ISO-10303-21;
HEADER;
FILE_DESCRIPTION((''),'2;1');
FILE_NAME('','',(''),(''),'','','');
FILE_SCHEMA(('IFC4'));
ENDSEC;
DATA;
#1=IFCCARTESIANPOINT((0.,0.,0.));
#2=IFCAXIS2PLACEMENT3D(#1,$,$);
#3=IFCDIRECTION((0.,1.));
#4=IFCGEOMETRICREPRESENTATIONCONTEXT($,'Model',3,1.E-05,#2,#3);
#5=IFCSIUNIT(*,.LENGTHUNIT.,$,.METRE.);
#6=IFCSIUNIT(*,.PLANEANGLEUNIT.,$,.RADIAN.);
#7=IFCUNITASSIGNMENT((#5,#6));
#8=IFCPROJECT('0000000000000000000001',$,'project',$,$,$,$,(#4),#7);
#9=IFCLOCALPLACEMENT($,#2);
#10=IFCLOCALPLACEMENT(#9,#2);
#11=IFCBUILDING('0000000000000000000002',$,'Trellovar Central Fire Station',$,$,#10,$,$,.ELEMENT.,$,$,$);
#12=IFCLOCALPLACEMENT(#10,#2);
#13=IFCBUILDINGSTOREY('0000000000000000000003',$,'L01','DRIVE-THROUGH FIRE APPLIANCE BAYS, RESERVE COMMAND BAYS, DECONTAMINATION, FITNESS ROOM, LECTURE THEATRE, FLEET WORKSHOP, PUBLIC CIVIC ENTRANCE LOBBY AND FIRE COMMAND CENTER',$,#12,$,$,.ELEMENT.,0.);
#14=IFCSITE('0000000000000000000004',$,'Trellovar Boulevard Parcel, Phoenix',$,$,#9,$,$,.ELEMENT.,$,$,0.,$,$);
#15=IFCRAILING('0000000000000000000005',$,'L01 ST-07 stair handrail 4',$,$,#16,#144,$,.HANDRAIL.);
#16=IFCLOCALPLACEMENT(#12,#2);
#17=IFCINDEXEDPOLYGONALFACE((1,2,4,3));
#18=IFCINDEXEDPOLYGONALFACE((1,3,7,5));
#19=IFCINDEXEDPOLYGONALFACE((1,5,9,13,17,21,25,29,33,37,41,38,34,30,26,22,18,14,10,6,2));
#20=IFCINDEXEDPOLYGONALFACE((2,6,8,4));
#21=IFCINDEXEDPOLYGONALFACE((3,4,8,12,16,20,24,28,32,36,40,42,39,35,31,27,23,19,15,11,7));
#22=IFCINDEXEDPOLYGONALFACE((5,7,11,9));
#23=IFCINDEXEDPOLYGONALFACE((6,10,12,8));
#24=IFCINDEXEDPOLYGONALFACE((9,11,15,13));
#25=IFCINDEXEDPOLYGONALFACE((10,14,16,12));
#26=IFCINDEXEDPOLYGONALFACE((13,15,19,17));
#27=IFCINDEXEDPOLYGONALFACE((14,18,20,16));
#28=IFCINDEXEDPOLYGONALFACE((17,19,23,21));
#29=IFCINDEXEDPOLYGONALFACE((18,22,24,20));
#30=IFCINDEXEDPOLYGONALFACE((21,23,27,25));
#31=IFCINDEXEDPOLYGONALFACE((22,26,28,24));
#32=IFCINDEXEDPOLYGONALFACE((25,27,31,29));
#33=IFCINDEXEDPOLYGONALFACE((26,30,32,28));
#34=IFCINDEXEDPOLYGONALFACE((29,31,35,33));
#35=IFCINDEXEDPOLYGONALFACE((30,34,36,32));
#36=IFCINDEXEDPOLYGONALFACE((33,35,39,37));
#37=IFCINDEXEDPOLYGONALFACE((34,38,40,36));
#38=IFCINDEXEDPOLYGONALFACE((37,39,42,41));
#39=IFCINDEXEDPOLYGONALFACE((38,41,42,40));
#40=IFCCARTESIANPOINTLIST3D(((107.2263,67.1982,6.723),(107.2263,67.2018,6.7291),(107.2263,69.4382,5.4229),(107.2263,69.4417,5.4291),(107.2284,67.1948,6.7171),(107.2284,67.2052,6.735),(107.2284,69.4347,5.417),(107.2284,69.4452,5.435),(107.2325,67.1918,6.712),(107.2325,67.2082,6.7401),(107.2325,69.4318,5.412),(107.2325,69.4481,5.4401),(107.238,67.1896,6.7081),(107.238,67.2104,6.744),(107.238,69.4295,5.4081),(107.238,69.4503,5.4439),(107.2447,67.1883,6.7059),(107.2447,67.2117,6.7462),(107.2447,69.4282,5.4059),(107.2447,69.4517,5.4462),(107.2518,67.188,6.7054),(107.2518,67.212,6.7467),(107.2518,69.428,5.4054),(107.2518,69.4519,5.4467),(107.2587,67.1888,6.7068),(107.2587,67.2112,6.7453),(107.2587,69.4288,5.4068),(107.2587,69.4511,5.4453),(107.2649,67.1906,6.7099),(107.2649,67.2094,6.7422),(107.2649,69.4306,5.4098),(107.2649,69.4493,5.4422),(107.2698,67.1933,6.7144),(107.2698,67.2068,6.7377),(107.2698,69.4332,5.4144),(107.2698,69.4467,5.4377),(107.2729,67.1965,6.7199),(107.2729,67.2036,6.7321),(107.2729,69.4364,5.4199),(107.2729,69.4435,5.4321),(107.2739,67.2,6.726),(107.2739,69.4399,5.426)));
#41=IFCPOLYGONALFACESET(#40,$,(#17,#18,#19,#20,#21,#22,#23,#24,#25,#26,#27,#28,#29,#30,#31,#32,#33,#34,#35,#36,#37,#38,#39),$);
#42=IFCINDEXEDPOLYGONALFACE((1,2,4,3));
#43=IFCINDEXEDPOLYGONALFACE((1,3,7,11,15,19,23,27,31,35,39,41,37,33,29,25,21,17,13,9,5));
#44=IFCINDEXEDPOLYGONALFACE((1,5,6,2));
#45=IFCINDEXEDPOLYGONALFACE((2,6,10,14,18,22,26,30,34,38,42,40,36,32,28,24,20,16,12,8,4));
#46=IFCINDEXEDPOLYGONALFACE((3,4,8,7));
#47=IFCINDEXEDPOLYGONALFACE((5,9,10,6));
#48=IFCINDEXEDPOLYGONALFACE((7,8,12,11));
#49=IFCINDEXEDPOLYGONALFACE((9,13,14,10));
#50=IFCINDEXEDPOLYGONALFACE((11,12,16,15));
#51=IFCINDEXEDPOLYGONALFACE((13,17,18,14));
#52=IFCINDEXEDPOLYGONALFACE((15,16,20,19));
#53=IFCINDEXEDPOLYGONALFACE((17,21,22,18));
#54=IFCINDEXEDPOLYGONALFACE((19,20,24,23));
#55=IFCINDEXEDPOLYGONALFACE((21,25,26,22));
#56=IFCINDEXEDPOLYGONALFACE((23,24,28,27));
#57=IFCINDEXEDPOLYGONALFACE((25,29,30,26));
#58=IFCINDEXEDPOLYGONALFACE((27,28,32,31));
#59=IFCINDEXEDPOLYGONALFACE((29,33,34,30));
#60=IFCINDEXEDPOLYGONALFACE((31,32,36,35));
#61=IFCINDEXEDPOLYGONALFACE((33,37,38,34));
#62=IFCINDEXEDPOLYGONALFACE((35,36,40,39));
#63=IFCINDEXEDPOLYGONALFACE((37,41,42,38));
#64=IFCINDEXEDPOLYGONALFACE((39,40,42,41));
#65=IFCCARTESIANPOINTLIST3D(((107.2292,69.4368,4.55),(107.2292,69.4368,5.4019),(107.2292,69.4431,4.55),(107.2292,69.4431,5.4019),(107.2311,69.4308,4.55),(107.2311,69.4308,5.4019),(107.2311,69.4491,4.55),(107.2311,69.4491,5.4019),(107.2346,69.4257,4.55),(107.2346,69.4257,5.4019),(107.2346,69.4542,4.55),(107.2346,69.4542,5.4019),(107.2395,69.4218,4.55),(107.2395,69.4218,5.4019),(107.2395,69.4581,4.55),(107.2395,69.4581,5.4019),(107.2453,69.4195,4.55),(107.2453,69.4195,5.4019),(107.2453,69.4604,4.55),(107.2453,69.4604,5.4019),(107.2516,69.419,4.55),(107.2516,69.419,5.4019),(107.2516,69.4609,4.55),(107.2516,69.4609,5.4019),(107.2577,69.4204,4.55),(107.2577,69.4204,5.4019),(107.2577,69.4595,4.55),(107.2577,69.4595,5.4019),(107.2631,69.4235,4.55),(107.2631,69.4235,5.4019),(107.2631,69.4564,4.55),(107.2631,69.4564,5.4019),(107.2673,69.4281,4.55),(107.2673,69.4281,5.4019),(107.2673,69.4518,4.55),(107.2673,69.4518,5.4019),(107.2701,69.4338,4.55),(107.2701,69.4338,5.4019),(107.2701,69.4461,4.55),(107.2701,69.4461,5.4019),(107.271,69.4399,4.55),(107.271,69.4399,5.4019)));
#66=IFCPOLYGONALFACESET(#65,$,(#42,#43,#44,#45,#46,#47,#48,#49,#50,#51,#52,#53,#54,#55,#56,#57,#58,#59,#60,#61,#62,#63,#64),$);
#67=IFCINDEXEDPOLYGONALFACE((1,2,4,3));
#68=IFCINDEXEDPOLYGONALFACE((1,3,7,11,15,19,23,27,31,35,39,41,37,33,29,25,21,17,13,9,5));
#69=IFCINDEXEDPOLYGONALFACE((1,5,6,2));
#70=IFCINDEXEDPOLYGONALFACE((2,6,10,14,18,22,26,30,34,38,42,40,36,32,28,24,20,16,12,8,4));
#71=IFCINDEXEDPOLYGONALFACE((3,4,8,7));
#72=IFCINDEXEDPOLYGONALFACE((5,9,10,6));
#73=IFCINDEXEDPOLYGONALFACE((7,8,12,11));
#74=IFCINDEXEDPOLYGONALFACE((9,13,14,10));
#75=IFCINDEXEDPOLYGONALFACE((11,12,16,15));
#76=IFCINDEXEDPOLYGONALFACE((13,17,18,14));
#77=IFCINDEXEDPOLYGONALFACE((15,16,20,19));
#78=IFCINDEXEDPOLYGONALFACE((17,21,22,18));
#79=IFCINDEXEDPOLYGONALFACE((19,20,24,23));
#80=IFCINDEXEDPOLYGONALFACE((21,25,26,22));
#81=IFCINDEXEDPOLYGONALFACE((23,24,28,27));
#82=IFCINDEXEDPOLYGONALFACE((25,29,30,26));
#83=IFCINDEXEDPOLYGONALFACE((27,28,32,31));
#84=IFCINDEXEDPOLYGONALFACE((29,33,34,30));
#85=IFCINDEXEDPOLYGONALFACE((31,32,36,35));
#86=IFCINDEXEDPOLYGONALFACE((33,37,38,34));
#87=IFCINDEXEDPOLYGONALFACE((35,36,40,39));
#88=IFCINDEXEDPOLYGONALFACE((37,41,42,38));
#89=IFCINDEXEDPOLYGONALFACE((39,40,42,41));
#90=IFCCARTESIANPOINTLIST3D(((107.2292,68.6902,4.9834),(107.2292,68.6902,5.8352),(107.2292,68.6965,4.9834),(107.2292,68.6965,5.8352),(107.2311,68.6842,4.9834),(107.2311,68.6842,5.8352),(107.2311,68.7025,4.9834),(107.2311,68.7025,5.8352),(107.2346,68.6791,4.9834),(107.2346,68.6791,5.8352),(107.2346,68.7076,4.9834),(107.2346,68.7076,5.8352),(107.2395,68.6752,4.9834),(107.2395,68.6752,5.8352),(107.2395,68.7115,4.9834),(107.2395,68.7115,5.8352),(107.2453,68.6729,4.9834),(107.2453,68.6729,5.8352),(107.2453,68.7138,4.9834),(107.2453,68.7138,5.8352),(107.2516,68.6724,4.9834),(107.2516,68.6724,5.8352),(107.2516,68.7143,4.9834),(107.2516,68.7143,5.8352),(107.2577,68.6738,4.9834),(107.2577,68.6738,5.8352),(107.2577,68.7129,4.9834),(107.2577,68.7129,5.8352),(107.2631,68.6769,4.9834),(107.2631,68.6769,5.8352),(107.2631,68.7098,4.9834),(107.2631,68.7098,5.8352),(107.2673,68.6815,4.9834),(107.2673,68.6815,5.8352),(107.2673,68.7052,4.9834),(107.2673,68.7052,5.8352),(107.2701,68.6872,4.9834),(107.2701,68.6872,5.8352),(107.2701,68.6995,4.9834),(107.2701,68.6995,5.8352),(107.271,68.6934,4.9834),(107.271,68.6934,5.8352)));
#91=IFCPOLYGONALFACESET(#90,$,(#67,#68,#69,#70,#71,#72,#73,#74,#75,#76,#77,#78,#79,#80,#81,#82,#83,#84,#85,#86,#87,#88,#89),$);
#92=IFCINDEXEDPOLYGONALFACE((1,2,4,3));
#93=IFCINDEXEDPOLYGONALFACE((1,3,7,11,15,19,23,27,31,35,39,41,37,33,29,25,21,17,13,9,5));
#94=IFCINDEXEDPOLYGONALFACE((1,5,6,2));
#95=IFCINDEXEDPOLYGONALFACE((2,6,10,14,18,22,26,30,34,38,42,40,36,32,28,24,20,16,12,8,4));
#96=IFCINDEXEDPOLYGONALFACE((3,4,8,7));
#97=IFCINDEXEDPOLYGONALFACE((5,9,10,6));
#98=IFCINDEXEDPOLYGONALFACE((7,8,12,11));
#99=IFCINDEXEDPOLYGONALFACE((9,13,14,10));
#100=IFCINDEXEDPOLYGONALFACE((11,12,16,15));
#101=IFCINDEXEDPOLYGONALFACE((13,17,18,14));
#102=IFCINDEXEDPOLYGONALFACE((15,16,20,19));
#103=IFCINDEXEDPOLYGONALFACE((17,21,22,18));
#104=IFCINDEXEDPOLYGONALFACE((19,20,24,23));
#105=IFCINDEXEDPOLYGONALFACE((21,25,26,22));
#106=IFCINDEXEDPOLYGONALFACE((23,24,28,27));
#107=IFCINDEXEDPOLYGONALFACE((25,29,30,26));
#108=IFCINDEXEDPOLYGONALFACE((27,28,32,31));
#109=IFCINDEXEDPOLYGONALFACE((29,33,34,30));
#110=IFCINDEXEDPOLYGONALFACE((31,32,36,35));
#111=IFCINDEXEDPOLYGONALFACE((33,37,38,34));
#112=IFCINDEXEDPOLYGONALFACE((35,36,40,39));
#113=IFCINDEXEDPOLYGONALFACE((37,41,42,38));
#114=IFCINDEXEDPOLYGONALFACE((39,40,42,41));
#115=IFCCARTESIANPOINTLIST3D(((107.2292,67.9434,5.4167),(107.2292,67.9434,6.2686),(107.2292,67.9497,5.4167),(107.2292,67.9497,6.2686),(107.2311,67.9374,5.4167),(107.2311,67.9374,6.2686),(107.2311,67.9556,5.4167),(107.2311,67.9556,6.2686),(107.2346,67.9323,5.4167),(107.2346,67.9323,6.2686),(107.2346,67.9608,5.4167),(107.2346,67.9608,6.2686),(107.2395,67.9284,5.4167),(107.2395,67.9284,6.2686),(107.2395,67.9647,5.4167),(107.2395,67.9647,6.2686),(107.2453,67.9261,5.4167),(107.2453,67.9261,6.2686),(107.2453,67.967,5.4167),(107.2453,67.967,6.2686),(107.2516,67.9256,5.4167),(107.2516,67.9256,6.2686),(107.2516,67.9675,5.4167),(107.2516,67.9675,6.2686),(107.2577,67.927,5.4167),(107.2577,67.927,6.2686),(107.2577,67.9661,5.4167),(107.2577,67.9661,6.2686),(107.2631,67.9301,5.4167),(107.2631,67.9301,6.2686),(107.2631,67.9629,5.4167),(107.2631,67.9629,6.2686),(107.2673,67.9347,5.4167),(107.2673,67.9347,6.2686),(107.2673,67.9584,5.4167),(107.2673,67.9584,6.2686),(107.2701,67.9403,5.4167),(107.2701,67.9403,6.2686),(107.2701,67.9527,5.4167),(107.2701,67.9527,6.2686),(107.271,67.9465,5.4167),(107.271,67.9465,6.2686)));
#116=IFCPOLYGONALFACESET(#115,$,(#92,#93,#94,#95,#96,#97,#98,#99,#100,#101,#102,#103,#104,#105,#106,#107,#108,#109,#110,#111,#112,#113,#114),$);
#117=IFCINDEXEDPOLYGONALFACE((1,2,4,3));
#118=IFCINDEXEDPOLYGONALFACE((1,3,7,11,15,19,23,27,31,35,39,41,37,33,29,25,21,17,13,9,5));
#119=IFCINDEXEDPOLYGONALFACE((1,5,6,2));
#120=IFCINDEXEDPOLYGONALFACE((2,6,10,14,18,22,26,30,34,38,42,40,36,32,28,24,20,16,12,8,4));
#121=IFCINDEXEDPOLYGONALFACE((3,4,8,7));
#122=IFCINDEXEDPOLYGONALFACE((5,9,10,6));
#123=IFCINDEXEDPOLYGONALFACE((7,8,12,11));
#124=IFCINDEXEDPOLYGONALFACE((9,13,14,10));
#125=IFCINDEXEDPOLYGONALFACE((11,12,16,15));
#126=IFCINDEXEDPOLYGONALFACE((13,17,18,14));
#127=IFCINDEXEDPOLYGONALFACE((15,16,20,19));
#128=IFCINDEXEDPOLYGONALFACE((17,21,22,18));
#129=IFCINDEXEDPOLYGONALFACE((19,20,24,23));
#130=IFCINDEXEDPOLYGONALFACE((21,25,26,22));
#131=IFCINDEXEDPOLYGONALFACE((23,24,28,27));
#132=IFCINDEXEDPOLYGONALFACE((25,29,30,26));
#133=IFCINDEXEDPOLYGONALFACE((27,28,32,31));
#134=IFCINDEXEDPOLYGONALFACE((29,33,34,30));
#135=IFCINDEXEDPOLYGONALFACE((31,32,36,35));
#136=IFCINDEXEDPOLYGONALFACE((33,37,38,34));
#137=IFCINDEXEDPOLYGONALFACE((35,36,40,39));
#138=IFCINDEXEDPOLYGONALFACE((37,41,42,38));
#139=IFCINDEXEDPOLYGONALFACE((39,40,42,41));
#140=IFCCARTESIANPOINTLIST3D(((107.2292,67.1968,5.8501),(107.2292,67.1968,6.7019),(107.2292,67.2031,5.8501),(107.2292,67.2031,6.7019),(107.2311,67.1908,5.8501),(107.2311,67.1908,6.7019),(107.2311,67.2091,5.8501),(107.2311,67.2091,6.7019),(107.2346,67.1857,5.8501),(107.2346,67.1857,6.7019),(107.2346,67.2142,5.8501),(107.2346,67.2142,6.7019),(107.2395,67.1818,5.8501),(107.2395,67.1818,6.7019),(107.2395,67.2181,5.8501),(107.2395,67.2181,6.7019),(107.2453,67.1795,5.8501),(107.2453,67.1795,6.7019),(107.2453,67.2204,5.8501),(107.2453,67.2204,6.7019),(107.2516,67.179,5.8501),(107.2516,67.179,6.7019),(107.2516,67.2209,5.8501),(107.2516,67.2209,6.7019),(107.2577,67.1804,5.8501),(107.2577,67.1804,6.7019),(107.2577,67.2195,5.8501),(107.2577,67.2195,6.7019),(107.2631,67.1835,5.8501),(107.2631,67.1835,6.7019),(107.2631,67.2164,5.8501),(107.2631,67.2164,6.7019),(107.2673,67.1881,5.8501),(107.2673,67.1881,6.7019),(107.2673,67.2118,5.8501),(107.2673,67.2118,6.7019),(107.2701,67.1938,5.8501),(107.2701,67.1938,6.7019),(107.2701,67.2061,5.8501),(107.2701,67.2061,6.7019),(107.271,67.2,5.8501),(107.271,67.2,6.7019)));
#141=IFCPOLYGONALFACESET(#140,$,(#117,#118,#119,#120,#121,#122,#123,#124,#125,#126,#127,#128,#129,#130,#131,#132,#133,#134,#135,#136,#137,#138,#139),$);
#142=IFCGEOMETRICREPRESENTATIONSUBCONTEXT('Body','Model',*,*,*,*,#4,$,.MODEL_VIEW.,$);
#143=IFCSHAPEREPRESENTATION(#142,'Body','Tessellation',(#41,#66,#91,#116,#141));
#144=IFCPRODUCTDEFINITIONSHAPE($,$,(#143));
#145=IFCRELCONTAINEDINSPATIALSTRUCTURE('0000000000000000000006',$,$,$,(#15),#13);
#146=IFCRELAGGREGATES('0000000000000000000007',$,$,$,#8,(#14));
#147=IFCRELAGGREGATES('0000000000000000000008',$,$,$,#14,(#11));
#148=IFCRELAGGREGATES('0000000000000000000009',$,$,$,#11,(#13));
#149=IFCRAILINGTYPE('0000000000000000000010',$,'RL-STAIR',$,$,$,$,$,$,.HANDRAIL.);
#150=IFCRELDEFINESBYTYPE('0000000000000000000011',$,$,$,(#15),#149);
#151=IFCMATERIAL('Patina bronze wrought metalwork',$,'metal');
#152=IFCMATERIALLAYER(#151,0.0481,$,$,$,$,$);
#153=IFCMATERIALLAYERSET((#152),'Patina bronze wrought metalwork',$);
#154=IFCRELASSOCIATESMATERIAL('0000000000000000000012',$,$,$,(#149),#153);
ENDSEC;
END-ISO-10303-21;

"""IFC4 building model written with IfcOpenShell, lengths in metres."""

from ifc_helpers import new_model, si_unit, direction, frame, origin, origin_2d, place, context, subcontext, project, spatial, circle, extrude, material, layer, layer_set, type_object, element, save


model = new_model("IFC4")

# Units and contexts
model_context = context("Model", 3, precision=1e-05, world=origin(), true_north=direction((0.0, 1.0)))
body_context = subcontext(model_context, "Body", "Model", "MODEL_VIEW")
ifc_project = project(units=[si_unit("LENGTHUNIT", "METRE"), si_unit("PLANEANGLEUNIT", "RADIAN")], contexts=[model_context])

# Site, building, storey
site_placement = place(None, origin())
site = spatial("IfcSite", under=ifc_project, at=site_placement, Name="Trellovar Boulevard Parcel, Phoenix", CompositionType="ELEMENT", RefElevation=0.0)
building_placement = place(site_placement, origin())
building = spatial("IfcBuilding", under=site, at=building_placement, Name="Trellovar Central Fire Station", CompositionType="ELEMENT")
storey_placement = place(building_placement, origin())
storey = spatial("IfcBuildingStorey", under=building, at=storey_placement, Name="L01", Description="DRIVE-THROUGH FIRE APPLIANCE BAYS, RESERVE COMMAND BAYS, DECONTAMINATION, FITNESS ROOM, LECTURE THEATRE, FLEET WORKSHOP, PUBLIC CIVIC ENTRANCE LOBBY AND FIRE COMMAND CENTER", CompositionType="ELEMENT", Elevation=0.0)

# Railing
ifc_material_1 = material(Name="Patina bronze wrought metalwork", Category="metal")
ifc_layer_1 = layer(ifc_material_1, 0.0481)
ifc_layer_set_1 = layer_set([ifc_layer_1], Name="Patina bronze wrought metalwork")
railing_type_1 = type_object("IfcRailingType", Name="RL-STAIR", PredefinedType="HANDRAIL", material=ifc_layer_set_1)
for number, where, name in (
    (1, (107.25, 69.4399, 4.55), "L01 ST-07 stair handrail 4"),
):
    element("IfcRailing", number, at=place(storey_placement, frame(where)), inside=storey, type_object=railing_type_1, Name=name, PredefinedType="HANDRAIL", context=body_context, shape_type="SweptSolid", body=[
        extrude(circle(Radius=0.0239, at=origin_2d()), frame((0.0, 0.0, 0.876), z_axis=(0.0, -0.864888, 0.501965), x_axis=(1.0, 0.0, 0.0)), (0.0, 0.0, 1.0), 2.5898),
        extrude(circle(Radius=0.021, at=origin_2d()), origin(), (0.0, 0.0, 1.0), 0.8518),
        extrude(circle(Radius=0.021, at=origin_2d()), frame((0.0, -0.7466, 0.4333)), (0.0, 0.0, 1.0), 0.8518),
        extrude(circle(Radius=0.021, at=origin_2d()), frame((0.0, -1.4934, 0.8667)), (0.0, 0.0, 1.0), 0.8518),
        extrude(circle(Radius=0.021, at=origin_2d()), frame((0.0, -2.24, 1.3)), (0.0, 0.0, 1.0), 0.8518),
    ])

save(model, "model.ifc")
